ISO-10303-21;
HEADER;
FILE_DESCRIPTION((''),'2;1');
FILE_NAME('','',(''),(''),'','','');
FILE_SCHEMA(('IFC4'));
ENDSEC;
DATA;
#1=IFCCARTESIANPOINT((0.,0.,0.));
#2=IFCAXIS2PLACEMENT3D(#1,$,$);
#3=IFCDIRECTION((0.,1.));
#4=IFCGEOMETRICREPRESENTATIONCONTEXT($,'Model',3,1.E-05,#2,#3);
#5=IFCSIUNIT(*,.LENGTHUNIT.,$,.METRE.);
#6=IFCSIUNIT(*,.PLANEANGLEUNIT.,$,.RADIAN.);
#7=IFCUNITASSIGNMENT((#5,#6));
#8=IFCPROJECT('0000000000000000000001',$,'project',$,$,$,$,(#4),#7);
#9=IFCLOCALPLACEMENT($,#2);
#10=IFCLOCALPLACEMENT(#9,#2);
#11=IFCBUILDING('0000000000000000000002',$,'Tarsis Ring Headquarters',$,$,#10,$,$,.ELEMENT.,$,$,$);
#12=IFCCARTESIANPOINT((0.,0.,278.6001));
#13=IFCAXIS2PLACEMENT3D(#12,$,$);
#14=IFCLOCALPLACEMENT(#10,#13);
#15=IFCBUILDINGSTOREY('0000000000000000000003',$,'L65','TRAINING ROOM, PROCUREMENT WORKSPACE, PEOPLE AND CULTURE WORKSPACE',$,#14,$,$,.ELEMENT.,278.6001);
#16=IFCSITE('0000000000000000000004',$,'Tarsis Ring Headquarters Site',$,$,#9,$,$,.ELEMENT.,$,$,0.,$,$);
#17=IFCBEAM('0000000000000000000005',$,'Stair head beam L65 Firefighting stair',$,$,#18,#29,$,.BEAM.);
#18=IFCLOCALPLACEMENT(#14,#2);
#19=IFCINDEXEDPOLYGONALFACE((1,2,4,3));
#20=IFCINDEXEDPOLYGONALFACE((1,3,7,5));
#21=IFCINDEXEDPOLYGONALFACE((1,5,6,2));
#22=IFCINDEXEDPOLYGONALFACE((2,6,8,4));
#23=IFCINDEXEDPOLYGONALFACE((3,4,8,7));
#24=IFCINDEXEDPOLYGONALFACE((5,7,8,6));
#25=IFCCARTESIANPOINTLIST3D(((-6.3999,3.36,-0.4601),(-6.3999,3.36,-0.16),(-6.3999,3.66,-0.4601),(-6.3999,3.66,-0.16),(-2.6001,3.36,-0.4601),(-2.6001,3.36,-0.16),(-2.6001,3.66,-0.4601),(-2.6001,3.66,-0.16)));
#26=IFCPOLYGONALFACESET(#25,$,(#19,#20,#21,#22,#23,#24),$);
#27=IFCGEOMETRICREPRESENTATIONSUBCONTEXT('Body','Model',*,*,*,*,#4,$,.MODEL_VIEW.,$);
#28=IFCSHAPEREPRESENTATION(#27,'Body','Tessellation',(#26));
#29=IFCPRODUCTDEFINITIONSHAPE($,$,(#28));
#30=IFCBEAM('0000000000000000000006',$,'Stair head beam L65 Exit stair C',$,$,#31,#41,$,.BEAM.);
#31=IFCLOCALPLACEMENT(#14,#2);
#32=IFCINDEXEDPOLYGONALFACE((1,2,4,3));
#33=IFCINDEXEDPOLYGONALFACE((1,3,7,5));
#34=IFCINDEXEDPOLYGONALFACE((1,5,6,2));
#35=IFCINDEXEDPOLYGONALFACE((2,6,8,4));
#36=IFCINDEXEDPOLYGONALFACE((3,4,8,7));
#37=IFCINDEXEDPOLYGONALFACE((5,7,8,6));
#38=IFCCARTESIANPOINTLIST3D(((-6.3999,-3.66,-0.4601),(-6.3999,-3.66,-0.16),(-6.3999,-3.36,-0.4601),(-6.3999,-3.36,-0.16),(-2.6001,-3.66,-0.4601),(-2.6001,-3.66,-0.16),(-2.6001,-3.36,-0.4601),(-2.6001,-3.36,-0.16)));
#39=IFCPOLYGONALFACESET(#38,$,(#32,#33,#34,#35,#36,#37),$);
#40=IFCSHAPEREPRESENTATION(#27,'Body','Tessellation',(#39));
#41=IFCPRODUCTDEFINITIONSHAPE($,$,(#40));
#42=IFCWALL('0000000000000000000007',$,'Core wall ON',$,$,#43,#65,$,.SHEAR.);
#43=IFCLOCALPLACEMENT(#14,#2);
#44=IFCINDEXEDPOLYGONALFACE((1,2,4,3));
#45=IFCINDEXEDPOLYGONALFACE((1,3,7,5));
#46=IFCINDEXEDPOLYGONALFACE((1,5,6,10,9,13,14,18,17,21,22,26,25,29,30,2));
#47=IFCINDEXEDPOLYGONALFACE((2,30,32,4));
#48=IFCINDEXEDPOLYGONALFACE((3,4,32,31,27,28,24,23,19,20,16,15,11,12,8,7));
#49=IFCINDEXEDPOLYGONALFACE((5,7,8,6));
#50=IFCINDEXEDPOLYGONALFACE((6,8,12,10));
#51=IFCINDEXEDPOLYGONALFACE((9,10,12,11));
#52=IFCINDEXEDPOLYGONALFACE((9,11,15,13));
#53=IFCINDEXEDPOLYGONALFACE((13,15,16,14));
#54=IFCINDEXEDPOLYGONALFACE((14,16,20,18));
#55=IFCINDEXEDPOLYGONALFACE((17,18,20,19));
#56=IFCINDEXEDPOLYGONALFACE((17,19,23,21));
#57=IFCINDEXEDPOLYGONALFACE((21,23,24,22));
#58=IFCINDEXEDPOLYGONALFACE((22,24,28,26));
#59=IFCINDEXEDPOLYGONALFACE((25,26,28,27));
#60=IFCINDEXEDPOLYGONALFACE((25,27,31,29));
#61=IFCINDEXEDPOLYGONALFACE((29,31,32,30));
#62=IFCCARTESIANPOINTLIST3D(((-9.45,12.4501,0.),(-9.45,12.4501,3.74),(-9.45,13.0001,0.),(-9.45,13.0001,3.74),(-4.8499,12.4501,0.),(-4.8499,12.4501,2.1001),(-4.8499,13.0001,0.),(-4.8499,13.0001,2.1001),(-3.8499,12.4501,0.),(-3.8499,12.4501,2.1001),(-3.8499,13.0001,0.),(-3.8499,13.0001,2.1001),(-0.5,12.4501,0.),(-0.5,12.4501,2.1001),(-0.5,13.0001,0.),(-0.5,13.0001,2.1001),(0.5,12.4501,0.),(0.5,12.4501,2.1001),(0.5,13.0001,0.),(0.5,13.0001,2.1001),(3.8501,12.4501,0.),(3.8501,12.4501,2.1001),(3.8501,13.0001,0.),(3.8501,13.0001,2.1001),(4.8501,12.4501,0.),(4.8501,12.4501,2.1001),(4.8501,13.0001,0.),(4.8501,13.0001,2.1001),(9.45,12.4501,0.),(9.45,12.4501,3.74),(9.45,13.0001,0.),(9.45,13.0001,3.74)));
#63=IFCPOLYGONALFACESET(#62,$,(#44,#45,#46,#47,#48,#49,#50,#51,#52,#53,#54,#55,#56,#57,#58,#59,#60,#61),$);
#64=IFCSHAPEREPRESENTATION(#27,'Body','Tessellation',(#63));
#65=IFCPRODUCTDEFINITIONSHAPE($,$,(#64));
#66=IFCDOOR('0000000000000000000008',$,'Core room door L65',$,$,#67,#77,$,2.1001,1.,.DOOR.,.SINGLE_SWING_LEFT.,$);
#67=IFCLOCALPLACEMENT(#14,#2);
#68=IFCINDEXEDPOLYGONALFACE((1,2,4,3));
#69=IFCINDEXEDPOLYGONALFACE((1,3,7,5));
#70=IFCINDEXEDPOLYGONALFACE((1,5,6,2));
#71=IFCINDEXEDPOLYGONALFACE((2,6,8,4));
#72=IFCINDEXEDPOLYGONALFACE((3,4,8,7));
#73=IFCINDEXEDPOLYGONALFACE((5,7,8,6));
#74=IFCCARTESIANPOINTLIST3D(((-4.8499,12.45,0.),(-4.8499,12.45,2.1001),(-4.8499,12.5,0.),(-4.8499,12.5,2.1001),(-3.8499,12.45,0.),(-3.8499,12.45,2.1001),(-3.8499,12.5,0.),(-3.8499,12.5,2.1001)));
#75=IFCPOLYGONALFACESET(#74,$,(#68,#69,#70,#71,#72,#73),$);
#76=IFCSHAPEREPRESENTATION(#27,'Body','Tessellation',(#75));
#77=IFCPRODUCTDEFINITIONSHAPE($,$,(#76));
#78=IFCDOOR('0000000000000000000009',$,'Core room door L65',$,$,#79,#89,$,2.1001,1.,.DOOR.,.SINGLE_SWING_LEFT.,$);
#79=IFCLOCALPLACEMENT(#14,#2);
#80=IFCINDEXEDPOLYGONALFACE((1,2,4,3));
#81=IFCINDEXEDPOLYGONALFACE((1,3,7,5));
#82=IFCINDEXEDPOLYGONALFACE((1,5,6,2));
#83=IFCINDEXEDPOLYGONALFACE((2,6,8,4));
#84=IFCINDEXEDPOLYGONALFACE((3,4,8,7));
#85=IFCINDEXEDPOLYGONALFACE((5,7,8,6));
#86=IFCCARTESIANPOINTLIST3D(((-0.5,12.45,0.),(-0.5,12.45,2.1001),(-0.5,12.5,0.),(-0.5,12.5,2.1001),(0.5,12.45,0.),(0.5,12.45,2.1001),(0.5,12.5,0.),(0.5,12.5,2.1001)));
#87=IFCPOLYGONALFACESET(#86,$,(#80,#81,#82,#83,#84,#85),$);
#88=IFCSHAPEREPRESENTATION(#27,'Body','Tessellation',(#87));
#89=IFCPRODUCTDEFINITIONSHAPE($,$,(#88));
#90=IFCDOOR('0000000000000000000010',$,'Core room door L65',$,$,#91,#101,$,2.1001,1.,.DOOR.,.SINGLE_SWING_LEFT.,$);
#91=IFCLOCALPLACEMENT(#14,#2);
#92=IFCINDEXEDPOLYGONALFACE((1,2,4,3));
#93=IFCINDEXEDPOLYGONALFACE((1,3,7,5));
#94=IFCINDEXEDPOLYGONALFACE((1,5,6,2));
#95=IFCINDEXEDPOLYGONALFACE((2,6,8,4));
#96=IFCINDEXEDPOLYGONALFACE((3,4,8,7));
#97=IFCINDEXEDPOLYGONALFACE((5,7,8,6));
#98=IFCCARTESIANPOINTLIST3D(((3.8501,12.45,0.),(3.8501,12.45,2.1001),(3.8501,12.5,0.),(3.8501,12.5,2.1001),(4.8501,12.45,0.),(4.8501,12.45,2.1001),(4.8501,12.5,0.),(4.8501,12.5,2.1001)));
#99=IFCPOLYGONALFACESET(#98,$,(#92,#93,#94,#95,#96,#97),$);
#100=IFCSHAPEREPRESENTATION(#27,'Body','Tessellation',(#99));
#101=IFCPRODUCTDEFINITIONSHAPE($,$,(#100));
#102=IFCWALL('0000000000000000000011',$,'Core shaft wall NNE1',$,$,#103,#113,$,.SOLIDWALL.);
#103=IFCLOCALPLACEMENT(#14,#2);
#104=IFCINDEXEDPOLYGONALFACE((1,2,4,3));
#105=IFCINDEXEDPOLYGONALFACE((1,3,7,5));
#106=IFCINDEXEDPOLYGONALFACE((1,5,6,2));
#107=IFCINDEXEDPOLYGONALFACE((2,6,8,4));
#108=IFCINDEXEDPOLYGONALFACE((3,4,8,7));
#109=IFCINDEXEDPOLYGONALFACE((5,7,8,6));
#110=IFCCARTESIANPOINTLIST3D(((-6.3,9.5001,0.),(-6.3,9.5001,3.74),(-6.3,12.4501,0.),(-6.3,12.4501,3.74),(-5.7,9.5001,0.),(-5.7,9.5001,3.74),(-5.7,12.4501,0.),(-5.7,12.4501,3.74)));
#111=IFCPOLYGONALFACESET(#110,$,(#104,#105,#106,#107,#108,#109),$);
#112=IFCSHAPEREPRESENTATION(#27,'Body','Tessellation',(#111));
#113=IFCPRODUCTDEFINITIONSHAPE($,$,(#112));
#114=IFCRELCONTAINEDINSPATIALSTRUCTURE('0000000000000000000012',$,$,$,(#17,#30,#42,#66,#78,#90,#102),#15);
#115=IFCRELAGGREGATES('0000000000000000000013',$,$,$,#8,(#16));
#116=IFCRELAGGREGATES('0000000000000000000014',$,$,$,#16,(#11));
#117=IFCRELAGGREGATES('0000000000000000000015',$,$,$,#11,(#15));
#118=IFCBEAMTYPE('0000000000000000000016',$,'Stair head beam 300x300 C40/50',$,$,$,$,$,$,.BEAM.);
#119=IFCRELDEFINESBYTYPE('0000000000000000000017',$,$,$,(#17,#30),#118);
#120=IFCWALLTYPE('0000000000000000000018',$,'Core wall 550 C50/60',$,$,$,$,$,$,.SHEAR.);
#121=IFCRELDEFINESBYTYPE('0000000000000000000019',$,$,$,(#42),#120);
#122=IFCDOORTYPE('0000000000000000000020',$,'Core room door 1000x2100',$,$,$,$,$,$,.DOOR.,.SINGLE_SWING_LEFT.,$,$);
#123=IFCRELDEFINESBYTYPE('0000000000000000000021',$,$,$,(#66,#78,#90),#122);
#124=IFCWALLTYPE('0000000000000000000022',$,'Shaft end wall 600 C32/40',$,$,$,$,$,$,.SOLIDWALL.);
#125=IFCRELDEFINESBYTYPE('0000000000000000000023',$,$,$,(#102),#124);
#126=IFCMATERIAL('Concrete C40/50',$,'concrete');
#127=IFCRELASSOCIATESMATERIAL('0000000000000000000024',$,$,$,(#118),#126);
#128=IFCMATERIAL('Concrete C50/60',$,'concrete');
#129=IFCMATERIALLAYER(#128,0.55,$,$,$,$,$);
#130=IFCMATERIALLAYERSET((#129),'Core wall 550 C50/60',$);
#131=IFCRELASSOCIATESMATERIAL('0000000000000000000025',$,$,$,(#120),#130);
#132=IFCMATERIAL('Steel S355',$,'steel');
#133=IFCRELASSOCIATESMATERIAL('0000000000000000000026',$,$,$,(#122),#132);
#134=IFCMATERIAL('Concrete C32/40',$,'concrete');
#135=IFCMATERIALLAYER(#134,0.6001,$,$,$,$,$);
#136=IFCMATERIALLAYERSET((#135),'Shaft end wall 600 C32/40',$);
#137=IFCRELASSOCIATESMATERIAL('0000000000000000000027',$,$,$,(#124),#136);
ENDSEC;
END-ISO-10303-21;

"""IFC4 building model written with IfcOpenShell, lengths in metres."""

from ifc_helpers import new_model, si_unit, direction, frame, frame_2d, origin, origin_2d, place, context, subcontext, project, spatial, rectangle, extrude, material, layer, layer_set, material_profile, profile_set, type_object, element, fill, save


model = new_model("IFC4")

# Units and contexts
model_context = context("Model", 3, precision=1e-05, world=origin(), true_north=direction((0.0, 1.0)))
body_context = subcontext(model_context, "Body", "Model", "MODEL_VIEW")
ifc_project = project(units=[si_unit("LENGTHUNIT", "METRE"), si_unit("PLANEANGLEUNIT", "RADIAN")], contexts=[model_context])

# Site, building, storey
site_placement = place(None, origin())
site = spatial("IfcSite", under=ifc_project, at=site_placement, Name="Tarsis Ring Headquarters Site", CompositionType="ELEMENT", RefElevation=0.0)
building_placement = place(site_placement, origin())
building = spatial("IfcBuilding", under=site, at=building_placement, Name="Tarsis Ring Headquarters", CompositionType="ELEMENT")
storey_placement = place(building_placement, frame((0.0, 0.0, 278.6001)))
storey = spatial("IfcBuildingStorey", under=building, at=storey_placement, Name="L65", Description="TRAINING ROOM, PROCUREMENT WORKSPACE, PEOPLE AND CULTURE WORKSPACE", CompositionType="ELEMENT", Elevation=278.6001)

# Beams
ifc_material_1 = material(Name="Concrete C40/50", Category="concrete")
ifc_material_profile = material_profile(ifc_material_1, rectangle(XDim=0.3, YDim=0.3, at=origin_2d()), Name="Stair head beam 300x300 C40/50")
ifc_profile_set = profile_set([ifc_material_profile], Name="Concrete C40/50")
beam_type = type_object("IfcBeamType", Name="Stair head beam 300x300 C40/50", PredefinedType="BEAM", material=ifc_profile_set)
for number, where, z_axis, x_axis, name in (
    (1, (-6.3999, 3.51, -0.3101), (1.0, 0.0, 0.0), (0.0, 1.0, 0.0), "Stair head beam L65 Firefighting stair"),
    (2, (-6.3999, -3.51, -0.3101), (1.0, 0.0, 0.0), (0.0, 1.0, 0.0), "Stair head beam L65 Exit stair C"),
):
    element("IfcBeam", number, at=place(storey_placement, frame(where, z_axis=z_axis, x_axis=x_axis)), inside=storey, type_object=beam_type, Name=name, PredefinedType="BEAM", context=body_context, shape_type="SweptSolid", body=[
        extrude(rectangle(XDim=0.3, YDim=0.3, at=origin_2d()), origin(), (0.0, 0.0, 1.0), 3.7998),
    ])

# Wall, openings, doors
ifc_material_2 = material(Name="Concrete C50/60", Category="concrete")
ifc_layer_1 = layer(ifc_material_2, 0.55)
ifc_layer_set_1 = layer_set([ifc_layer_1], Name="Core wall 550 C50/60")
wall_type_1 = type_object("IfcWallType", Name="Core wall 550 C50/60", PredefinedType="SHEAR", material=ifc_layer_set_1)
wall_1_placement = place(storey_placement, frame((-9.45, 12.7251, 0.0), z_axis=(0.0, 0.0, 1.0), x_axis=(1.0, 0.0, 0.0)))
wall_1 = element("IfcWall", 3, at=wall_1_placement, inside=storey, type_object=wall_type_1, Name="Core wall ON", PredefinedType="SHEAR", context=body_context, shape_type="SweptSolid", body=[
    extrude(rectangle(XDim=18.8999, YDim=0.55, at=frame_2d((9.45, 0.0))), origin(), (0.0, 0.0, 1.0), 3.74),
])
opening_1_placement = place(wall_1_placement, frame((4.6001, 0.0, 0.0)))
opening_1 = element("IfcOpeningElement", 4, at=opening_1_placement, cuts=wall_1, PredefinedType="OPENING", context=body_context, shape_type="SweptSolid", body=[
    extrude(rectangle(XDim=1.0, YDim=2.1001, at=frame_2d((0.5, 1.05))), frame((0.0, 0.2849, 0.0), z_axis=(0.0, -1.0, 0.0), x_axis=(1.0, 0.0, 0.0)), (0.0, 0.0, 1.0), 0.5701),
])
opening_2_placement = place(wall_1_placement, frame((8.95, 0.0, 0.0)))
opening_2 = element("IfcOpeningElement", 5, at=opening_2_placement, cuts=wall_1, PredefinedType="OPENING", context=body_context, shape_type="SweptSolid", body=[
    extrude(rectangle(XDim=1.0, YDim=2.1001, at=frame_2d((0.5, 1.05))), frame((0.0, 0.2849, 0.0), z_axis=(0.0, -1.0, 0.0), x_axis=(1.0, 0.0, 0.0)), (0.0, 0.0, 1.0), 0.5701),
])
opening_3_placement = place(wall_1_placement, frame((13.3, 0.0, 0.0)))
opening_3 = element("IfcOpeningElement", 6, at=opening_3_placement, cuts=wall_1, PredefinedType="OPENING", context=body_context, shape_type="SweptSolid", body=[
    extrude(rectangle(XDim=1.0, YDim=2.1001, at=frame_2d((0.5, 1.05))), frame((0.0, 0.2849, 0.0), z_axis=(0.0, -1.0, 0.0), x_axis=(1.0, 0.0, 0.0)), (0.0, 0.0, 1.0), 0.5701),
])
ifc_material_3 = material(Name="Steel S355", Category="steel")
door_type_1 = type_object("IfcDoorType", Name="Core room door 1000x2100", OperationType="SINGLE_SWING_LEFT", PredefinedType="DOOR", material=ifc_material_3)
door_1_placement = place(opening_1_placement, origin())
door_1 = element("IfcDoor", 7, at=door_1_placement, inside=storey, type_object=door_type_1, Name="Core room door L65", OperationType="SINGLE_SWING_LEFT", OverallHeight=2.1001, OverallWidth=1.0, PredefinedType="DOOR", context=body_context, shape_type="SweptSolid", body=[
    extrude(rectangle(XDim=1.0, YDim=2.1001, at=frame_2d((0.5, 1.05))), frame((0.0, -0.2251, 0.0), z_axis=(0.0, -1.0, 0.0), x_axis=(1.0, 0.0, 0.0)), (0.0, 0.0, 1.0), 0.05),
])
fill(opening_1, door_1)
door_2_placement = place(opening_2_placement, origin())
door_2 = element("IfcDoor", 8, at=door_2_placement, inside=storey, type_object=door_type_1, Name="Core room door L65", OperationType="SINGLE_SWING_LEFT", OverallHeight=2.1001, OverallWidth=1.0, PredefinedType="DOOR", context=body_context, shape_type="SweptSolid", body=[
    extrude(rectangle(XDim=1.0, YDim=2.1001, at=frame_2d((0.5, 1.05))), frame((0.0, -0.2251, 0.0), z_axis=(0.0, -1.0, 0.0), x_axis=(1.0, 0.0, 0.0)), (0.0, 0.0, 1.0), 0.05),
])
fill(opening_2, door_2)
door_3_placement = place(opening_3_placement, origin())
door_3 = element("IfcDoor", 9, at=door_3_placement, inside=storey, type_object=door_type_1, Name="Core room door L65", OperationType="SINGLE_SWING_LEFT", OverallHeight=2.1001, OverallWidth=1.0, PredefinedType="DOOR", context=body_context, shape_type="SweptSolid", body=[
    extrude(rectangle(XDim=1.0, YDim=2.1001, at=frame_2d((0.5, 1.05))), frame((0.0, -0.2251, 0.0), z_axis=(0.0, -1.0, 0.0), x_axis=(1.0, 0.0, 0.0)), (0.0, 0.0, 1.0), 0.05),
])
fill(opening_3, door_3)

# Wall
ifc_material_4 = material(Name="Concrete C32/40", Category="concrete")
ifc_layer_2 = layer(ifc_material_4, 0.6001)
ifc_layer_set_2 = layer_set([ifc_layer_2], Name="Shaft end wall 600 C32/40")
wall_type_2 = type_object("IfcWallType", Name="Shaft end wall 600 C32/40", PredefinedType="SOLIDWALL", material=ifc_layer_set_2)
wall_2_placement = place(storey_placement, frame((-6.0, 9.5, 0.0), z_axis=(0.0, 0.0, 1.0), x_axis=(0.0, 1.0, 0.0)))
element("IfcWall", 10, at=wall_2_placement, inside=storey, type_object=wall_type_2, Name="Core shaft wall NNE1", PredefinedType="SOLIDWALL", context=body_context, shape_type="SweptSolid", body=[
    extrude(rectangle(XDim=2.95, YDim=0.6001, at=frame_2d((1.4751, 0.0))), origin(), (0.0, 0.0, 1.0), 3.74),
])

save(model, "model.ifc")
